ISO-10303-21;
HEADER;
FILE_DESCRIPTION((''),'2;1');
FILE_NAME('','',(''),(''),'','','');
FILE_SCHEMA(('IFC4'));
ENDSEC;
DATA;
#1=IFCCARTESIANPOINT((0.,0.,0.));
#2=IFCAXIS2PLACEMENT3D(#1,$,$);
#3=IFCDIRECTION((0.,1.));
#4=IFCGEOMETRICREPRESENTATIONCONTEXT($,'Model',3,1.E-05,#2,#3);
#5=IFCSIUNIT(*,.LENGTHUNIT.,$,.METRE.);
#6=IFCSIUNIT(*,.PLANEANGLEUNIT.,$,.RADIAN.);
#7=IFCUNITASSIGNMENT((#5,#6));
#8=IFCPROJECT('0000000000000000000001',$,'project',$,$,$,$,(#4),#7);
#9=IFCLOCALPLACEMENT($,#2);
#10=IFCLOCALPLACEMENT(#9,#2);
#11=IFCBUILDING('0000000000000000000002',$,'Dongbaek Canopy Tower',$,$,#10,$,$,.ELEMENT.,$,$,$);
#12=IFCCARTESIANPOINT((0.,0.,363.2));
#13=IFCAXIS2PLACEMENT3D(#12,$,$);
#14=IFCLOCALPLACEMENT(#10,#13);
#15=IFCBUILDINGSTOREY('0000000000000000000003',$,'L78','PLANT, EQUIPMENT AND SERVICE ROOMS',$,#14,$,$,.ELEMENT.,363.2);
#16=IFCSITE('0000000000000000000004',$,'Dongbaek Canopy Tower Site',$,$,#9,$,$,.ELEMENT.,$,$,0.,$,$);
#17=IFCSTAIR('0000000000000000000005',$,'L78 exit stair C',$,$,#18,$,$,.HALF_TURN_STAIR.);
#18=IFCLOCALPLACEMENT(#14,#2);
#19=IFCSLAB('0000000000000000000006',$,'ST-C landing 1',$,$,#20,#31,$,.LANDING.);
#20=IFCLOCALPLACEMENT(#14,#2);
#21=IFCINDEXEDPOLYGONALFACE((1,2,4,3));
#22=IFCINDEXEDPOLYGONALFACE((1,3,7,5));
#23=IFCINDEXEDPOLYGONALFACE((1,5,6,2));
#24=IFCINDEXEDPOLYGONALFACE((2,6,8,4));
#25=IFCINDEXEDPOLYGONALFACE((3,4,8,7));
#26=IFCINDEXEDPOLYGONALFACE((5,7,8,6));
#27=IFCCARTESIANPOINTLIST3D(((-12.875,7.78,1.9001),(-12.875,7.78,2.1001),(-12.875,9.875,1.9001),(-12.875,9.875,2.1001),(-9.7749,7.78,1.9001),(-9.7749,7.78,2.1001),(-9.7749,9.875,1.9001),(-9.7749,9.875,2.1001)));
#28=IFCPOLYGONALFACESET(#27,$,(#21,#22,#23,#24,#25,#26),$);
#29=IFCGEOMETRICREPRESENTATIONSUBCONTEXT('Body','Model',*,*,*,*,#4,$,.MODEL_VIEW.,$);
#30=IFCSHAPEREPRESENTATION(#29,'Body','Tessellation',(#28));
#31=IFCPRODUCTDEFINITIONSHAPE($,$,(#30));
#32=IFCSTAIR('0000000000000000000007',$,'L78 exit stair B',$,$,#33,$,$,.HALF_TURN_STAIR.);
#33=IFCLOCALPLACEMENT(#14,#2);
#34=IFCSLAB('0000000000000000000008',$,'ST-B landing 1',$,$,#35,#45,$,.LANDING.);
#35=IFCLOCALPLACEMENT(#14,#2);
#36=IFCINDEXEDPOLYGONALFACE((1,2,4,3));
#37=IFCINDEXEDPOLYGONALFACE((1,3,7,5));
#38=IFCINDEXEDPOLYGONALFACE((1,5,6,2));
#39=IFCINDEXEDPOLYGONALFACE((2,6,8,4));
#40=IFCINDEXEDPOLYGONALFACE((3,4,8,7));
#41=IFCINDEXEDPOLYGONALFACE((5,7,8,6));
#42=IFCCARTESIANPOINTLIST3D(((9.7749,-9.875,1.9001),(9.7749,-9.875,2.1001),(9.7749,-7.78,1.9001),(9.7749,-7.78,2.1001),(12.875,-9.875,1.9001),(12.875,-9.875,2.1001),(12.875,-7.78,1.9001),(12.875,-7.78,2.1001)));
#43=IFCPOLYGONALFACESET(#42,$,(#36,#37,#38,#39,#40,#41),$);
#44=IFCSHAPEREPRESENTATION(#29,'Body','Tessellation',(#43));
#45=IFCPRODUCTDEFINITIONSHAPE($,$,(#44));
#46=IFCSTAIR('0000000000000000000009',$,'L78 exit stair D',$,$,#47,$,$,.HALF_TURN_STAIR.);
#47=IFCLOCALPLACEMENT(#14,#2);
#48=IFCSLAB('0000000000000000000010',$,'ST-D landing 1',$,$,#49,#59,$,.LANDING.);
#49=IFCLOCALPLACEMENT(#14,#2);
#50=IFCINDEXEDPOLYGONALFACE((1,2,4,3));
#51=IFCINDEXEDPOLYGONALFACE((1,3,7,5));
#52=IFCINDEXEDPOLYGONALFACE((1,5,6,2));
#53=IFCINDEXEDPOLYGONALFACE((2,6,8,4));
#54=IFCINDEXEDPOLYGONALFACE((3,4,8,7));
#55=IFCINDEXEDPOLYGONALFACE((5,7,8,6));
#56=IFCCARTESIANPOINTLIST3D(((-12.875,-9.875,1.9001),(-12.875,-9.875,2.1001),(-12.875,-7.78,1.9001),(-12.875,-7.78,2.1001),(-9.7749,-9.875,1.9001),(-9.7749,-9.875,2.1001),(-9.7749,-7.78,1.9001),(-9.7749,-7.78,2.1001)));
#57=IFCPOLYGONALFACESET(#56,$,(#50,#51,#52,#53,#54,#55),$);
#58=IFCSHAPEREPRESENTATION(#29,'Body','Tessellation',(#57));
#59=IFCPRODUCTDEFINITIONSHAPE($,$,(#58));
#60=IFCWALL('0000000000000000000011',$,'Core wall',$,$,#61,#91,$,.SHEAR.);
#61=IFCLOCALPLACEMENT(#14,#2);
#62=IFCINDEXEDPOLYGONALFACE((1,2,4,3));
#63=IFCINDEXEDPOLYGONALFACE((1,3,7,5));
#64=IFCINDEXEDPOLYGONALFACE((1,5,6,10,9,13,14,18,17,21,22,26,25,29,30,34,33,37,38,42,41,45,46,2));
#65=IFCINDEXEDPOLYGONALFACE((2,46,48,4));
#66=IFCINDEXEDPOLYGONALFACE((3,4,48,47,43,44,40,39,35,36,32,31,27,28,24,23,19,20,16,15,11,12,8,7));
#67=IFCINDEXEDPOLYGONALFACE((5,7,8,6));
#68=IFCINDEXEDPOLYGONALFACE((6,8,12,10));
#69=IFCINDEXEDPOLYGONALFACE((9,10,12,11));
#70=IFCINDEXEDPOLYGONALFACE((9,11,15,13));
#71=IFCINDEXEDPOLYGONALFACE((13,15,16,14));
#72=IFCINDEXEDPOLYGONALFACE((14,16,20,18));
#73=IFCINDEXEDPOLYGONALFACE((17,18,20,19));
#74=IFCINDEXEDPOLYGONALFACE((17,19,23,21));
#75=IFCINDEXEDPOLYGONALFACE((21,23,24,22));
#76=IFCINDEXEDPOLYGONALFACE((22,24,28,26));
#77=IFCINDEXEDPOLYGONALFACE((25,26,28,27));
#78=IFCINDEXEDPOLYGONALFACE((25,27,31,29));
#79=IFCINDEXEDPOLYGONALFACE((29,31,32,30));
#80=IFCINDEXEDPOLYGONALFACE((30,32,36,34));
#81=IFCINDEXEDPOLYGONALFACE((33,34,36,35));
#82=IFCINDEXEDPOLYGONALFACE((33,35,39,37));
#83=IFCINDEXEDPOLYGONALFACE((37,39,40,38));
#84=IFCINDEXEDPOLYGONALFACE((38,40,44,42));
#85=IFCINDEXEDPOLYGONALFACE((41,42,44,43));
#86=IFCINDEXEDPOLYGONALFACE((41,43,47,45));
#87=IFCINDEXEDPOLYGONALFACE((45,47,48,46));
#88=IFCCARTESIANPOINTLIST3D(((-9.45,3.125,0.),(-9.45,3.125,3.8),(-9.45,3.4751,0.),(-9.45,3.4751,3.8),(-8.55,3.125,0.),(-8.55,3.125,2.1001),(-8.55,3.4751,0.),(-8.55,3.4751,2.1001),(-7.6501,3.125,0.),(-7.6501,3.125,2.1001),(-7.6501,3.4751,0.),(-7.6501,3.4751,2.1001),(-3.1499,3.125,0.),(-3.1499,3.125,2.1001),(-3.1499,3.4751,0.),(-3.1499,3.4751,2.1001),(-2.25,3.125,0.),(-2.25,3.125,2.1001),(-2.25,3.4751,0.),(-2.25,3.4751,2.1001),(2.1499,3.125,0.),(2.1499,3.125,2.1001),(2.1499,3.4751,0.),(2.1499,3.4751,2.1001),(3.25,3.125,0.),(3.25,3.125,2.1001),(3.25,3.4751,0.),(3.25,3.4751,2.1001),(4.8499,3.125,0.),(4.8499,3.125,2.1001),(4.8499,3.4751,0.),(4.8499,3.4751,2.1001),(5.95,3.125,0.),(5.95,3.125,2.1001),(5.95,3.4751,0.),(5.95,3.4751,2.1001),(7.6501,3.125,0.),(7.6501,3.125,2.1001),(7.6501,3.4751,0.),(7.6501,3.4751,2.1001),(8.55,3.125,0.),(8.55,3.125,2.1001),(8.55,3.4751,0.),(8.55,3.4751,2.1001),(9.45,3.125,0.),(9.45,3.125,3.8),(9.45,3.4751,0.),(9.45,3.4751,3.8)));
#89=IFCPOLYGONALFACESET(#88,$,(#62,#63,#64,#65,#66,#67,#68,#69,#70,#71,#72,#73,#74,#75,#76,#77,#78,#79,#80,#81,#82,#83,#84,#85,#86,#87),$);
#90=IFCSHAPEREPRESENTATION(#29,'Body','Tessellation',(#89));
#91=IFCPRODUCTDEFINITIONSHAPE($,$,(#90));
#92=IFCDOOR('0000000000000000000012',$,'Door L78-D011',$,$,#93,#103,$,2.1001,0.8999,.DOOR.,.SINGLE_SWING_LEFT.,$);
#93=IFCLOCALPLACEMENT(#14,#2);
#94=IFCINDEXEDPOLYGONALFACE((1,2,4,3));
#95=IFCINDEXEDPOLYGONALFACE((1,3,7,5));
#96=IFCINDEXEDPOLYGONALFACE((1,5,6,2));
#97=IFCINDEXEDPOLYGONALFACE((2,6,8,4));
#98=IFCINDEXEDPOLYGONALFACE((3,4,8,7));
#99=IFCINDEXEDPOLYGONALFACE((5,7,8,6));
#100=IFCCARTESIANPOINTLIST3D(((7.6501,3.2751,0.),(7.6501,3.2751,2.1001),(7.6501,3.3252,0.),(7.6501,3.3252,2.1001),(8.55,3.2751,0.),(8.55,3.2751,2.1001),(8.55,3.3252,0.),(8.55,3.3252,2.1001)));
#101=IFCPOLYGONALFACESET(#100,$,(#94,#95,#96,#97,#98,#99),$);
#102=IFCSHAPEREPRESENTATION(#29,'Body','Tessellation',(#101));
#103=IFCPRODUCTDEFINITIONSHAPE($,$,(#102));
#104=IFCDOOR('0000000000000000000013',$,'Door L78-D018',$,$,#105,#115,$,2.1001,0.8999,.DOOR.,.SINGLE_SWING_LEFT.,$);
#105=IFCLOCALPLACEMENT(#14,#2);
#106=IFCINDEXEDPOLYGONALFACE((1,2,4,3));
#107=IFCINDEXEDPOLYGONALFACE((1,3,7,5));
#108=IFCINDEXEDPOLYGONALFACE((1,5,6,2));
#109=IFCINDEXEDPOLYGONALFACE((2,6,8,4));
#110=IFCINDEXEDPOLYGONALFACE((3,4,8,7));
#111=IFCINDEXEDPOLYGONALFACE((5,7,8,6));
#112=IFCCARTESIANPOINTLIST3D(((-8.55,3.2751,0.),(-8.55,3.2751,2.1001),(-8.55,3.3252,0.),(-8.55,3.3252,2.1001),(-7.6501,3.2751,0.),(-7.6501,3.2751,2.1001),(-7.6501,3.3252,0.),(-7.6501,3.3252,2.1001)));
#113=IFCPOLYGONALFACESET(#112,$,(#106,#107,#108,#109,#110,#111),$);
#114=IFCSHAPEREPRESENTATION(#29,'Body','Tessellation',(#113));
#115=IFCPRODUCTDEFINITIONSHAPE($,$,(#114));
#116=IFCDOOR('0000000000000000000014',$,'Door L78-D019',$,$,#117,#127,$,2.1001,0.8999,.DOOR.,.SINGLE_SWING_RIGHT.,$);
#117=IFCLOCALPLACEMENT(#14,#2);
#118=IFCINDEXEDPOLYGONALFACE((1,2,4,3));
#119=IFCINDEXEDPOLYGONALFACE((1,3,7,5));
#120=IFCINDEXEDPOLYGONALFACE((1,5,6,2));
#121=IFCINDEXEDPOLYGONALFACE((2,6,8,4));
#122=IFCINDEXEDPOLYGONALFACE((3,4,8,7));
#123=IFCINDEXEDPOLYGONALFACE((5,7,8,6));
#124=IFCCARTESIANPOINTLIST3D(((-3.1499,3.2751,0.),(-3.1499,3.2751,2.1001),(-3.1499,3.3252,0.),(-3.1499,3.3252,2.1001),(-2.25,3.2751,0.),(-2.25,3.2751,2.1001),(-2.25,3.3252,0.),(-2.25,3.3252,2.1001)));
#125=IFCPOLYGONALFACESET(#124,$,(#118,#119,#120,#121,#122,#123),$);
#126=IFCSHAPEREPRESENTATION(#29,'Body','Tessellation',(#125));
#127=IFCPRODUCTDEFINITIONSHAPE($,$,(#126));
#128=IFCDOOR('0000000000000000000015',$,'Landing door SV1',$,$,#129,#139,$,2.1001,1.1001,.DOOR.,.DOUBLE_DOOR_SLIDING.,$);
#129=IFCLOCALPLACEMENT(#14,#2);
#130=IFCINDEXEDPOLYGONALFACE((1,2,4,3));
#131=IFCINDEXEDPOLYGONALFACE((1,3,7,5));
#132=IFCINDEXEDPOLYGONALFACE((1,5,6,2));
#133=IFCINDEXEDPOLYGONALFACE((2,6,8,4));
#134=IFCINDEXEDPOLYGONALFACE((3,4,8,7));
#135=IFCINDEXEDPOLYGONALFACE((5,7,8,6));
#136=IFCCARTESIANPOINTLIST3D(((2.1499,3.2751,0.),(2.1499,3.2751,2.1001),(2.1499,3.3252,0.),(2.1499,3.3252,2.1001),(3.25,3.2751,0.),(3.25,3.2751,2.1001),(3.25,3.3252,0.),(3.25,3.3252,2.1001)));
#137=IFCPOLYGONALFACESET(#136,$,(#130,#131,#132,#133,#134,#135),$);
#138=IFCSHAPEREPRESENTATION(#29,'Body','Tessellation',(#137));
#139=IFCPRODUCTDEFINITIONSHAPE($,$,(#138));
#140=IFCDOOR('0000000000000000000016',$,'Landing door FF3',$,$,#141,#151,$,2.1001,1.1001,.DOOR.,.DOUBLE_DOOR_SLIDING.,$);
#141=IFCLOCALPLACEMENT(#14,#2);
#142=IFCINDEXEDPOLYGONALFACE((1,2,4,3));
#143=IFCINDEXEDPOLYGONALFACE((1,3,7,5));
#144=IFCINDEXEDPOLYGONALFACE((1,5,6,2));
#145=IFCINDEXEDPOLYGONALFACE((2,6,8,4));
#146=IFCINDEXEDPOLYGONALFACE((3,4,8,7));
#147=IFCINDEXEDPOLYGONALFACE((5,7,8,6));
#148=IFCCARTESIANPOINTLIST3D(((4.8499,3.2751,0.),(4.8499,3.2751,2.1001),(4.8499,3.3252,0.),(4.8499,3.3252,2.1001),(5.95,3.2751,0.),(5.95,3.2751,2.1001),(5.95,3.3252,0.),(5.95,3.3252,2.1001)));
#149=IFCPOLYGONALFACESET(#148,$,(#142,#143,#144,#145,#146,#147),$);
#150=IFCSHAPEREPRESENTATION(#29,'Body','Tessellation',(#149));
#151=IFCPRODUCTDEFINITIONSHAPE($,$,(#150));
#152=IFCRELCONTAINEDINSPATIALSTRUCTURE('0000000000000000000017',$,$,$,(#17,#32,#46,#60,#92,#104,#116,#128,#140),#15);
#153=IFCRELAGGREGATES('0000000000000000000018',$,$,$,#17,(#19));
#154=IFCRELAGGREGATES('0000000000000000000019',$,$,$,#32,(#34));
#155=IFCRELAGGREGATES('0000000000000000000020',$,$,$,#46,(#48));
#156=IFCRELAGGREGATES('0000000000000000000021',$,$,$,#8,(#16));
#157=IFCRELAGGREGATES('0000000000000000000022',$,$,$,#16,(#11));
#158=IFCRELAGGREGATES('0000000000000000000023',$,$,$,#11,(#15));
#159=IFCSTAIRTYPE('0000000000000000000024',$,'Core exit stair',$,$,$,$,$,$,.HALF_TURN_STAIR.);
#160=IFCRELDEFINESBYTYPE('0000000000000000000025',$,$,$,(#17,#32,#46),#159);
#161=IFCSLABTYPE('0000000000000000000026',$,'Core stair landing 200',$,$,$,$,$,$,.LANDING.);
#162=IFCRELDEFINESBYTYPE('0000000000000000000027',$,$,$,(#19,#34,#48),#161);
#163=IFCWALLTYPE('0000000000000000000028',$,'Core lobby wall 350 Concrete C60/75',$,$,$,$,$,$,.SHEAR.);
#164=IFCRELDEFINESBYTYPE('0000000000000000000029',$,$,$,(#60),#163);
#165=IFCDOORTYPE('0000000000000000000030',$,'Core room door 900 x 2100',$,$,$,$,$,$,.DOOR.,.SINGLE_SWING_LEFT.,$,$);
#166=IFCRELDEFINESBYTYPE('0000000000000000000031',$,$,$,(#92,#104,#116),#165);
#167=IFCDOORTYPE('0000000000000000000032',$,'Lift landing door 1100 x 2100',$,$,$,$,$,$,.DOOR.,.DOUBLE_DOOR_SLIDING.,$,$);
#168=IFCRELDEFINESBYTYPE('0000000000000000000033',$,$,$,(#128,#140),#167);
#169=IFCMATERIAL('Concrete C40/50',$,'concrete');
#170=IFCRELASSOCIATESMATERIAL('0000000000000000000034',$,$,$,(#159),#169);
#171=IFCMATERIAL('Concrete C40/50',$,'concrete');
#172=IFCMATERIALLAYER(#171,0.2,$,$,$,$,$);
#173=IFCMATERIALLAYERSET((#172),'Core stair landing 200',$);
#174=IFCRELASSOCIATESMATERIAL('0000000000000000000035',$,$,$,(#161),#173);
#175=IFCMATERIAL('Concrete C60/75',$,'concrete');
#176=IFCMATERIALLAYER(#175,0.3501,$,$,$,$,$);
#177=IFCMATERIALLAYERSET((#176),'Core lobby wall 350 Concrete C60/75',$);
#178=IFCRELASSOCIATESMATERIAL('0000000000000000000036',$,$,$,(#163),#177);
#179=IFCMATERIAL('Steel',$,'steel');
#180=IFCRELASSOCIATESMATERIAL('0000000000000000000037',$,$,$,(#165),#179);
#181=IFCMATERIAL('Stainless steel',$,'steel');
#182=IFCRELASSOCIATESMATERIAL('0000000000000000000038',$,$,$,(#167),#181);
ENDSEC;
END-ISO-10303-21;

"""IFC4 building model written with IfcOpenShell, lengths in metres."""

from ifc_helpers import new_model, si_unit, direction, frame, frame_2d, origin, place, context, subcontext, project, spatial, polyline, rectangle, outline, extrude, material, layer, layer_set, type_object, element, fill, aggregate, save


model = new_model("IFC4")

# Units and contexts
model_context = context("Model", 3, precision=1e-05, world=origin(), true_north=direction((0.0, 1.0)))
body_context = subcontext(model_context, "Body", "Model", "MODEL_VIEW")
ifc_project = project(units=[si_unit("LENGTHUNIT", "METRE"), si_unit("PLANEANGLEUNIT", "RADIAN")], contexts=[model_context])

# Site, building, storey
site_placement = place(None, origin())
site = spatial("IfcSite", under=ifc_project, at=site_placement, Name="Dongbaek Canopy Tower Site", CompositionType="ELEMENT", RefElevation=0.0)
building_placement = place(site_placement, origin())
building = spatial("IfcBuilding", under=site, at=building_placement, Name="Dongbaek Canopy Tower", CompositionType="ELEMENT")
storey_placement = place(building_placement, frame((0.0, 0.0, 363.2)))
storey = spatial("IfcBuildingStorey", under=building, at=storey_placement, Name="L78", Description="PLANT, EQUIPMENT AND SERVICE ROOMS", CompositionType="ELEMENT", Elevation=363.2)

# Stairs, slabs
ifc_material_1 = material(Name="Concrete C40/50", Category="concrete")
stair_type = type_object("IfcStairType", Name="Core exit stair", PredefinedType="HALF_TURN_STAIR", material=ifc_material_1)
stair_1_placement = place(storey_placement, origin())
stair_1 = element("IfcStair", 1, at=stair_1_placement, inside=storey, type_object=stair_type, Name="L78 exit stair C", PredefinedType="HALF_TURN_STAIR")
ifc_material_2 = material(Name="Concrete C40/50", Category="concrete")
ifc_layer_1 = layer(ifc_material_2, 0.2)
ifc_layer_set_1 = layer_set([ifc_layer_1], Name="Core stair landing 200")
slab_type = type_object("IfcSlabType", Name="Core stair landing 200", PredefinedType="LANDING", material=ifc_layer_set_1)
slab_1_placement = place(storey_placement, frame((0.0, 0.0, 1.9001)))
slab_1 = element("IfcSlab", 2, at=slab_1_placement, type_object=slab_type, Name="ST-C landing 1", PredefinedType="LANDING", context=body_context, shape_type="SweptSolid", body=[
    extrude(outline(polyline([(-9.7749, 7.78), (-9.7749, 9.875), (-12.875, 9.875), (-12.875, 7.78), (-9.7749, 7.78)])), origin(), (0.0, 0.0, 1.0), 0.2),
])
aggregate(stair_1, [slab_1])
stair_2_placement = place(storey_placement, origin())
stair_2 = element("IfcStair", 3, at=stair_2_placement, inside=storey, type_object=stair_type, Name="L78 exit stair B", PredefinedType="HALF_TURN_STAIR")
slab_2_placement = place(storey_placement, frame((0.0, 0.0, 1.9001)))
slab_2 = element("IfcSlab", 4, at=slab_2_placement, type_object=slab_type, Name="ST-B landing 1", PredefinedType="LANDING", context=body_context, shape_type="SweptSolid", body=[
    extrude(outline(polyline([(9.7749, -7.78), (9.7749, -9.875), (12.875, -9.875), (12.875, -7.78), (9.7749, -7.78)])), origin(), (0.0, 0.0, 1.0), 0.2),
])
aggregate(stair_2, [slab_2])
stair_3_placement = place(storey_placement, origin())
stair_3 = element("IfcStair", 5, at=stair_3_placement, inside=storey, type_object=stair_type, Name="L78 exit stair D", PredefinedType="HALF_TURN_STAIR")
slab_3_placement = place(storey_placement, frame((0.0, 0.0, 1.9001)))
slab_3 = element("IfcSlab", 6, at=slab_3_placement, type_object=slab_type, Name="ST-D landing 1", PredefinedType="LANDING", context=body_context, shape_type="SweptSolid", body=[
    extrude(outline(polyline([(-12.875, -7.78), (-12.875, -9.875), (-9.7749, -9.875), (-9.7749, -7.78), (-12.875, -7.78)])), origin(), (0.0, 0.0, 1.0), 0.2),
])
aggregate(stair_3, [slab_3])

# Wall, openings, doors
ifc_material_3 = material(Name="Concrete C60/75", Category="concrete")
ifc_layer_2 = layer(ifc_material_3, 0.3501)
ifc_layer_set_2 = layer_set([ifc_layer_2], Name="Core lobby wall 350 Concrete C60/75")
wall_type_1 = type_object("IfcWallType", Name="Core lobby wall 350 Concrete C60/75", PredefinedType="SHEAR", material=ifc_layer_set_2)
wall_1_placement = place(storey_placement, frame((9.45, 3.3, 0.0), z_axis=(0.0, 0.0, 1.0), x_axis=(-1.0, 0.0, 0.0)))
wall_1 = element("IfcWall", 7, at=wall_1_placement, inside=storey, type_object=wall_type_1, Name="Core wall", PredefinedType="SHEAR", context=body_context, shape_type="SweptSolid", body=[
    extrude(rectangle(XDim=18.8999, YDim=0.3501, at=frame_2d((9.45, 0.0))), origin(), (0.0, 0.0, 1.0), 3.8),
])
opening_1_placement = place(wall_1_placement, frame((6.2, 0.0, 0.0)))
opening_1 = element("IfcOpeningElement", 8, at=opening_1_placement, cuts=wall_1, PredefinedType="OPENING", context=body_context, shape_type="SweptSolid", body=[
    extrude(rectangle(XDim=1.1001, YDim=2.1001, at=frame_2d((0.55, 1.05))), frame((0.0, 0.1851, 0.0), z_axis=(0.0, -1.0, 0.0), x_axis=(1.0, 0.0, 0.0)), (0.0, 0.0, 1.0), 0.3701),
])
opening_2_placement = place(wall_1_placement, frame((3.5, 0.0, 0.0)))
opening_2 = element("IfcOpeningElement", 9, at=opening_2_placement, cuts=wall_1, PredefinedType="OPENING", context=body_context, shape_type="SweptSolid", body=[
    extrude(rectangle(XDim=1.1001, YDim=2.1001, at=frame_2d((0.55, 1.05))), frame((0.0, 0.1851, 0.0), z_axis=(0.0, -1.0, 0.0), x_axis=(1.0, 0.0, 0.0)), (0.0, 0.0, 1.0), 0.3701),
])
opening_3_placement = place(wall_1_placement, frame((0.8999, 0.0, 0.0)))
opening_3 = element("IfcOpeningElement", 10, at=opening_3_placement, cuts=wall_1, PredefinedType="OPENING", context=body_context, shape_type="SweptSolid", body=[
    extrude(rectangle(XDim=0.8999, YDim=2.1001, at=frame_2d((0.45, 1.05))), frame((0.0, 0.1851, 0.0), z_axis=(0.0, -1.0, 0.0), x_axis=(1.0, 0.0, 0.0)), (0.0, 0.0, 1.0), 0.3701),
])
opening_4_placement = place(wall_1_placement, frame((17.1001, 0.0, 0.0)))
opening_4 = element("IfcOpeningElement", 11, at=opening_4_placement, cuts=wall_1, PredefinedType="OPENING", context=body_context, shape_type="SweptSolid", body=[
    extrude(rectangle(XDim=0.8999, YDim=2.1001, at=frame_2d((0.45, 1.05))), frame((0.0, 0.1851, 0.0), z_axis=(0.0, -1.0, 0.0), x_axis=(1.0, 0.0, 0.0)), (0.0, 0.0, 1.0), 0.3701),
])
opening_5_placement = place(wall_1_placement, frame((11.7, 0.0, 0.0)))
opening_5 = element("IfcOpeningElement", 12, at=opening_5_placement, cuts=wall_1, PredefinedType="OPENING", context=body_context, shape_type="SweptSolid", body=[
    extrude(rectangle(XDim=0.8999, YDim=2.1001, at=frame_2d((0.45, 1.05))), frame((0.0, 0.1851, 0.0), z_axis=(0.0, -1.0, 0.0), x_axis=(1.0, 0.0, 0.0)), (0.0, 0.0, 1.0), 0.3701),
])
ifc_material_4 = material(Name="Steel", Category="steel")
door_type_1 = type_object("IfcDoorType", Name="Core room door 900 x 2100", OperationType="SINGLE_SWING_LEFT", PredefinedType="DOOR", material=ifc_material_4)
door_1_placement = place(opening_3_placement, origin())
door_1 = element("IfcDoor", 13, at=door_1_placement, inside=storey, type_object=door_type_1, Name="Door L78-D011", OperationType="SINGLE_SWING_LEFT", OverallHeight=2.1001, OverallWidth=0.8999, PredefinedType="DOOR", context=body_context, shape_type="SweptSolid", body=[
    extrude(rectangle(XDim=0.8999, YDim=2.1001, at=frame_2d((0.45, 1.05))), frame((0.0, 0.0249, 0.0), z_axis=(0.0, -1.0, 0.0), x_axis=(1.0, 0.0, 0.0)), (0.0, 0.0, 1.0), 0.05),
])
fill(opening_3, door_1)
door_2_placement = place(opening_4_placement, origin())
door_2 = element("IfcDoor", 14, at=door_2_placement, inside=storey, type_object=door_type_1, Name="Door L78-D018", OperationType="SINGLE_SWING_LEFT", OverallHeight=2.1001, OverallWidth=0.8999, PredefinedType="DOOR", context=body_context, shape_type="SweptSolid", body=[
    extrude(rectangle(XDim=0.8999, YDim=2.1001, at=frame_2d((0.45, 1.05))), frame((0.0, 0.0249, 0.0), z_axis=(0.0, -1.0, 0.0), x_axis=(1.0, 0.0, 0.0)), (0.0, 0.0, 1.0), 0.05),
])
fill(opening_4, door_2)
door_3_placement = place(opening_5_placement, origin())
door_3 = element("IfcDoor", 15, at=door_3_placement, inside=storey, type_object=door_type_1, Name="Door L78-D019", OperationType="SINGLE_SWING_RIGHT", OverallHeight=2.1001, OverallWidth=0.8999, PredefinedType="DOOR", context=body_context, shape_type="SweptSolid", body=[
    extrude(rectangle(XDim=0.8999, YDim=2.1001, at=frame_2d((0.45, 1.05))), frame((0.0, 0.0249, 0.0), z_axis=(0.0, -1.0, 0.0), x_axis=(1.0, 0.0, 0.0)), (0.0, 0.0, 1.0), 0.05),
])
fill(opening_5, door_3)
ifc_material_5 = material(Name="Stainless steel", Category="steel")
door_type_2 = type_object("IfcDoorType", Name="Lift landing door 1100 x 2100", OperationType="DOUBLE_DOOR_SLIDING", PredefinedType="DOOR", material=ifc_material_5)
door_4_placement = place(opening_1_placement, origin())
door_4 = element("IfcDoor", 16, at=door_4_placement, inside=storey, type_object=door_type_2, Name="Landing door SV1", OperationType="DOUBLE_DOOR_SLIDING", OverallHeight=2.1001, OverallWidth=1.1001, PredefinedType="DOOR", context=body_context, shape_type="SweptSolid", body=[
    extrude(rectangle(XDim=1.1001, YDim=2.1001, at=frame_2d((0.55, 1.05))), frame((0.0, 0.0249, 0.0), z_axis=(0.0, -1.0, 0.0), x_axis=(1.0, 0.0, 0.0)), (0.0, 0.0, 1.0), 0.05),
])
fill(opening_1, door_4)
door_5_placement = place(opening_2_placement, origin())
door_5 = element("IfcDoor", 17, at=door_5_placement, inside=storey, type_object=door_type_2, Name="Landing door FF3", OperationType="DOUBLE_DOOR_SLIDING", OverallHeight=2.1001, OverallWidth=1.1001, PredefinedType="DOOR", context=body_context, shape_type="SweptSolid", body=[
    extrude(rectangle(XDim=1.1001, YDim=2.1001, at=frame_2d((0.55, 1.05))), frame((0.0, 0.0249, 0.0), z_axis=(0.0, -1.0, 0.0), x_axis=(1.0, 0.0, 0.0)), (0.0, 0.0, 1.0), 0.05),
])
fill(opening_2, door_5)

save(model, "model.ifc")
